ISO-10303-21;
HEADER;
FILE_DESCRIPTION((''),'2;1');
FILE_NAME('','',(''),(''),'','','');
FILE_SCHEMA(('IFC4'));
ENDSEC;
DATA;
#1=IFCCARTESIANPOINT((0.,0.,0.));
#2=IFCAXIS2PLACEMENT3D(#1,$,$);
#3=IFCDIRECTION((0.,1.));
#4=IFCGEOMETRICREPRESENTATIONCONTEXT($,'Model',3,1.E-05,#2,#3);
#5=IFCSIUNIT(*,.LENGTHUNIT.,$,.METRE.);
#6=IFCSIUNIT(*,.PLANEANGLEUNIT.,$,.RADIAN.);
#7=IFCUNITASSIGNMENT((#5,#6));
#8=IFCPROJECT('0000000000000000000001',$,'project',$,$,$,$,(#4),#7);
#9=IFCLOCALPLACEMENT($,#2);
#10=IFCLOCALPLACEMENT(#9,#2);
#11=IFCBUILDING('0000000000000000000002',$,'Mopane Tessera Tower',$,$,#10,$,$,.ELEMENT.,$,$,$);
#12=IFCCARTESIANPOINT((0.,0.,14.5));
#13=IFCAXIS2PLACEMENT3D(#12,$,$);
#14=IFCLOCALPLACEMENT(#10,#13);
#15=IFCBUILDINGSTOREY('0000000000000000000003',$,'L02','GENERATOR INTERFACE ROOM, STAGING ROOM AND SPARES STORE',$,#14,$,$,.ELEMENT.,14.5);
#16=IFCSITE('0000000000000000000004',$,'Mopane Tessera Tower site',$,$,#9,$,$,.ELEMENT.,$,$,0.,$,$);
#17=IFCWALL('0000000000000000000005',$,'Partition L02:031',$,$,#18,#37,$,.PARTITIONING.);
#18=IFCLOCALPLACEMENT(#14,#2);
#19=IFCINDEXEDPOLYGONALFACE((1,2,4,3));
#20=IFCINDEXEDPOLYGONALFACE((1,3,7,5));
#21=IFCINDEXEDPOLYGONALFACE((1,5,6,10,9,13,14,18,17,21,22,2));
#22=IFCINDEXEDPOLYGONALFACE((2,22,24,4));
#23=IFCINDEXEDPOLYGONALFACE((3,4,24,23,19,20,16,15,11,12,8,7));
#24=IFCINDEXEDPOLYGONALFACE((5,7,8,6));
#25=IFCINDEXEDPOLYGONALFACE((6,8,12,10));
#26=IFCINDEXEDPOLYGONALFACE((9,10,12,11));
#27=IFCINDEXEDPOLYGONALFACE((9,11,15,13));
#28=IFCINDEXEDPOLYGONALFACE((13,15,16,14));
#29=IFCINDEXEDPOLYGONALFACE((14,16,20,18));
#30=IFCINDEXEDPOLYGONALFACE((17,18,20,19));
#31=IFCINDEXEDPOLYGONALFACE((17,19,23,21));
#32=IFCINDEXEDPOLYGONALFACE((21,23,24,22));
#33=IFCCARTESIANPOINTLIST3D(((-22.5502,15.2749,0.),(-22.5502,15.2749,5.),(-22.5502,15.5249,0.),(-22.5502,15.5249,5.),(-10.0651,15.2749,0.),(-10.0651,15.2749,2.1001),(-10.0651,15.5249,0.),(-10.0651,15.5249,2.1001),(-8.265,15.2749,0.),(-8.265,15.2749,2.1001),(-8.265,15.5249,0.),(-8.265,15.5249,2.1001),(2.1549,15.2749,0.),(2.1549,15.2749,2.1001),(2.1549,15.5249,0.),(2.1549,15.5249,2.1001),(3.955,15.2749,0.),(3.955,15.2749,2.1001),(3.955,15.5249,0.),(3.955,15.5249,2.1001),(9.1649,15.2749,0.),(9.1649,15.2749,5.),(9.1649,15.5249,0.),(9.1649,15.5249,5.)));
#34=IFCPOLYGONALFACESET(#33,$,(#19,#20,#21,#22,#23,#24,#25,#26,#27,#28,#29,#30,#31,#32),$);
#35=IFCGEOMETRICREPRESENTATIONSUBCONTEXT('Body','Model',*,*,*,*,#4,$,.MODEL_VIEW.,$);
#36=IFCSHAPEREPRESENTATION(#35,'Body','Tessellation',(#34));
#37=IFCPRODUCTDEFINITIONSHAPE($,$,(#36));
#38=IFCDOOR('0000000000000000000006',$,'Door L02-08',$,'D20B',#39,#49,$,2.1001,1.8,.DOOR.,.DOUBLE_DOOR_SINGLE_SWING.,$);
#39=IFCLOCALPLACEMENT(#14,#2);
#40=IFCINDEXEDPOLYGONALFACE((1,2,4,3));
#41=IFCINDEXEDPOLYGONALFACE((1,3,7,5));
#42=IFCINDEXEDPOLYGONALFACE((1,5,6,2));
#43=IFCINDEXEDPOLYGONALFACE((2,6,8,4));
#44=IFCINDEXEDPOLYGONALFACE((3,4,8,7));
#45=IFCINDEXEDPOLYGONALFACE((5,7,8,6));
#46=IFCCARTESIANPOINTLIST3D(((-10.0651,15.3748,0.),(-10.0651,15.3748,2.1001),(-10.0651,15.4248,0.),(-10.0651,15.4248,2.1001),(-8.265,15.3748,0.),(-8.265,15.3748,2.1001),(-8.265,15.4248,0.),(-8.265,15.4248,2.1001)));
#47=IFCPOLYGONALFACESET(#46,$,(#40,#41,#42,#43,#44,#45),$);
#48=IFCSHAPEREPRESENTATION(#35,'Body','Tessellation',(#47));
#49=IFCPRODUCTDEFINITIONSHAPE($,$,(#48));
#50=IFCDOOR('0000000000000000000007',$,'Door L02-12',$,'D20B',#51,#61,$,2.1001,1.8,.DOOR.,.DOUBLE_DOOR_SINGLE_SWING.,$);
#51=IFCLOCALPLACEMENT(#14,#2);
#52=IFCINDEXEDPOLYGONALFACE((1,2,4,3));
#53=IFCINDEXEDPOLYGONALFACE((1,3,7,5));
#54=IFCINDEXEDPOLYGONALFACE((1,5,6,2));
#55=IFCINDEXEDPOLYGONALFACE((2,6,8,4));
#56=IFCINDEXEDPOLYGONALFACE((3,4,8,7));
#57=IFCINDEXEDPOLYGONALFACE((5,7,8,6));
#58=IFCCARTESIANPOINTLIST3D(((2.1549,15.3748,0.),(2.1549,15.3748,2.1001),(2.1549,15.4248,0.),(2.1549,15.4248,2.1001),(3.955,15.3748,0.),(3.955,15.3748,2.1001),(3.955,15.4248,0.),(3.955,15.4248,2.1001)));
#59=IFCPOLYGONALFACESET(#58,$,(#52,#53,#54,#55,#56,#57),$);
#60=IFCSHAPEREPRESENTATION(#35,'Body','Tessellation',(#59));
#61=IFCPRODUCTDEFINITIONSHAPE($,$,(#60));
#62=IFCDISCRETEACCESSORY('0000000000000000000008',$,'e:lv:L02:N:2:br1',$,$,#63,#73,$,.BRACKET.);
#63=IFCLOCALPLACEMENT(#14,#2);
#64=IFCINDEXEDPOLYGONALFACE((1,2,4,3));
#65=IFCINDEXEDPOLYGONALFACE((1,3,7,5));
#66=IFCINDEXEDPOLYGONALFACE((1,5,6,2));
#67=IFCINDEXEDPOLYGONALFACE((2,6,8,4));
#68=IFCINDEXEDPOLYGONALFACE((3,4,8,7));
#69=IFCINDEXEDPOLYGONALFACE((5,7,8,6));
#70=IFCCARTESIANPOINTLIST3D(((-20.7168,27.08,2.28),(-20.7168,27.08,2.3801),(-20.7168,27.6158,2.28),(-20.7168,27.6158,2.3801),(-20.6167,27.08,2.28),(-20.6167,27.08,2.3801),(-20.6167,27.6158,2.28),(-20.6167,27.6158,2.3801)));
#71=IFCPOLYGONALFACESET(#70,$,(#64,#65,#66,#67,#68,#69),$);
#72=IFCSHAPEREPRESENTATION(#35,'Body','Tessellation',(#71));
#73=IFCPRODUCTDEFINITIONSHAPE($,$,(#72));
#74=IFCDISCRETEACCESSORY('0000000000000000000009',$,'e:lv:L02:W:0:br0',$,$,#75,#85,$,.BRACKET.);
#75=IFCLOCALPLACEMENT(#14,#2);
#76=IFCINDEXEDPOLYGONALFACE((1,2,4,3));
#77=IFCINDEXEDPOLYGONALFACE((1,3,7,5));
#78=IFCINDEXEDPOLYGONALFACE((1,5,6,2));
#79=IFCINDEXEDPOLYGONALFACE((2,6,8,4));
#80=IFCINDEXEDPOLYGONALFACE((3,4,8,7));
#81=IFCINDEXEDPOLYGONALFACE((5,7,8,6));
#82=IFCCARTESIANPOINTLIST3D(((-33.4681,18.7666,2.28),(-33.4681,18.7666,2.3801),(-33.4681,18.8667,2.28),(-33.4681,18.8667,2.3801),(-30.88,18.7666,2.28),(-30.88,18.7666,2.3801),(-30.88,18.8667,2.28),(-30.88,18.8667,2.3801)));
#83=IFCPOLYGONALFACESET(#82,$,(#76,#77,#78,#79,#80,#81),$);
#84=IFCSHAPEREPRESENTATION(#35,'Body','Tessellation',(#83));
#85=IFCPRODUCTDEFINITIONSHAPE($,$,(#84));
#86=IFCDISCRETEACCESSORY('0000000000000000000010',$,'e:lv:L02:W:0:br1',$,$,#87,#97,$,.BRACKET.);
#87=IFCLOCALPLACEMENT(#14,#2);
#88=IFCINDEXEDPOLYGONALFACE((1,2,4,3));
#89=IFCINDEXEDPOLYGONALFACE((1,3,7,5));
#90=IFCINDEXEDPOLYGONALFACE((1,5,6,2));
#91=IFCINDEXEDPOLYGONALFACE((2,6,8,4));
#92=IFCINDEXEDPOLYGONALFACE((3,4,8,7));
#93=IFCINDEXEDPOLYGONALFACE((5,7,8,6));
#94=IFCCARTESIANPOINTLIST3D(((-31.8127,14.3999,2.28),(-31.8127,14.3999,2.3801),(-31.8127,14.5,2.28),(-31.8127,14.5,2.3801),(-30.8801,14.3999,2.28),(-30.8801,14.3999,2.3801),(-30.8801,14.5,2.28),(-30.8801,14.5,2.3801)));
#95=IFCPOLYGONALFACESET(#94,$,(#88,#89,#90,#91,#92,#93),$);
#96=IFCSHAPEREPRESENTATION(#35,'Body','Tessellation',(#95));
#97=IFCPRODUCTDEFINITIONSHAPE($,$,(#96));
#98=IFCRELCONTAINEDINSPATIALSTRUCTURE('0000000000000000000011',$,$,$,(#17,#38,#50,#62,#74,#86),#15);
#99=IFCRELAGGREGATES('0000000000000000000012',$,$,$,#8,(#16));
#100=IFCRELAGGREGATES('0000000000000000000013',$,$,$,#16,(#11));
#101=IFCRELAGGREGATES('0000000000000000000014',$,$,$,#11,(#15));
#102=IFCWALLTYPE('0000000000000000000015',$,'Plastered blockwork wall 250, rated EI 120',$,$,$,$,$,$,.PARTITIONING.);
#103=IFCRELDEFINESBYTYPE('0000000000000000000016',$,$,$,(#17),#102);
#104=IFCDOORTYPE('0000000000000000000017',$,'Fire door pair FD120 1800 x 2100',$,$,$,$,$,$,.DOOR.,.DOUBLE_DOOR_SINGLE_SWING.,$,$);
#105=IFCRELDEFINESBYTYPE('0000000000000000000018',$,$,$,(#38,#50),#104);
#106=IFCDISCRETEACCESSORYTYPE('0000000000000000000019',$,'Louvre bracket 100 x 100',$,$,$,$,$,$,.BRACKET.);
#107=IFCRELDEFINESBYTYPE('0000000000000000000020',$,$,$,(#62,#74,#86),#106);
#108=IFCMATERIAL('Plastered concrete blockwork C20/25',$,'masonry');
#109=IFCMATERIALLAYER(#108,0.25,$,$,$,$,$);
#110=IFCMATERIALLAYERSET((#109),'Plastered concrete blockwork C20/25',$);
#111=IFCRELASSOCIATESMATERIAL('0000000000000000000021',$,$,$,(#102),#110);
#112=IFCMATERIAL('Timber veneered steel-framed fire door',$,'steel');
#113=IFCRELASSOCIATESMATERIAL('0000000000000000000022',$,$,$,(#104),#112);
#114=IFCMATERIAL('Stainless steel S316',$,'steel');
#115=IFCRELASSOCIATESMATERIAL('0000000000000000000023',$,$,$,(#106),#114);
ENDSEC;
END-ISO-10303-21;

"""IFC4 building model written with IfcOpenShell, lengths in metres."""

from ifc_helpers import new_model, si_unit, direction, frame, frame_2d, origin, origin_2d, place, context, subcontext, project, spatial, rectangle, extrude, material, layer, layer_set, type_object, element, fill, save


model = new_model("IFC4")

# Units and contexts
model_context = context("Model", 3, precision=1e-05, world=origin(), true_north=direction((0.0, 1.0)))
body_context = subcontext(model_context, "Body", "Model", "MODEL_VIEW")
ifc_project = project(units=[si_unit("LENGTHUNIT", "METRE"), si_unit("PLANEANGLEUNIT", "RADIAN")], contexts=[model_context])

# Site, building, storey
site_placement = place(None, origin())
site = spatial("IfcSite", under=ifc_project, at=site_placement, Name="Mopane Tessera Tower site", CompositionType="ELEMENT", RefElevation=0.0)
building_placement = place(site_placement, origin())
building = spatial("IfcBuilding", under=site, at=building_placement, Name="Mopane Tessera Tower", CompositionType="ELEMENT")
storey_placement = place(building_placement, frame((0.0, 0.0, 14.5)))
storey = spatial("IfcBuildingStorey", under=building, at=storey_placement, Name="L02", Description="GENERATOR INTERFACE ROOM, STAGING ROOM AND SPARES STORE", CompositionType="ELEMENT", Elevation=14.5)

# Wall, openings, doors
ifc_material_1 = material(Name="Plastered concrete blockwork C20/25", Category="masonry")
ifc_layer_1 = layer(ifc_material_1, 0.25)
ifc_layer_set_1 = layer_set([ifc_layer_1], Name="Plastered concrete blockwork C20/25")
wall_type_1 = type_object("IfcWallType", Name="Plastered blockwork wall 250, rated EI 120", PredefinedType="PARTITIONING", material=ifc_layer_set_1)
wall_1_placement = place(storey_placement, frame((-22.55, 15.3999, 0.0), z_axis=(0.0, 0.0, 1.0), x_axis=(1.0, 0.0, 0.0)))
wall_1 = element("IfcWall", 1, at=wall_1_placement, inside=storey, type_object=wall_type_1, Name="Partition L02:031", PredefinedType="PARTITIONING", context=body_context, shape_type="SweptSolid", body=[
    extrude(rectangle(XDim=31.7151, YDim=0.25, at=frame_2d((15.8574, 0.0))), origin(), (0.0, 0.0, 1.0), 5.0),
])
opening_1_placement = place(wall_1_placement, frame((12.4851, 0.0, 0.0)))
opening_1 = element("IfcOpeningElement", 2, at=opening_1_placement, cuts=wall_1, PredefinedType="OPENING", context=body_context, shape_type="SweptSolid", body=[
    extrude(rectangle(XDim=1.8, YDim=2.1001, at=frame_2d((0.8999, 1.05))), frame((0.0, 0.137, 0.0), z_axis=(0.0, -1.0, 0.0), x_axis=(1.0, 0.0, 0.0)), (0.0, 0.0, 1.0), 0.2739),
])
opening_2_placement = place(wall_1_placement, frame((24.7051, 0.0, 0.0)))
opening_2 = element("IfcOpeningElement", 3, at=opening_2_placement, cuts=wall_1, PredefinedType="OPENING", context=body_context, shape_type="SweptSolid", body=[
    extrude(rectangle(XDim=1.8, YDim=2.1001, at=frame_2d((0.8999, 1.05))), frame((0.0, 0.137, 0.0), z_axis=(0.0, -1.0, 0.0), x_axis=(1.0, 0.0, 0.0)), (0.0, 0.0, 1.0), 0.2739),
])
ifc_material_2 = material(Name="Timber veneered steel-framed fire door", Category="steel")
door_type_1 = type_object("IfcDoorType", Name="Fire door pair FD120 1800 x 2100", OperationType="DOUBLE_DOOR_SINGLE_SWING", PredefinedType="DOOR", material=ifc_material_2)
door_1_placement = place(opening_1_placement, origin())
door_1 = element("IfcDoor", 4, at=door_1_placement, inside=storey, type_object=door_type_1, Name="Door L02-08", ObjectType="D20B", OperationType="DOUBLE_DOOR_SINGLE_SWING", OverallHeight=2.1001, OverallWidth=1.8, PredefinedType="DOOR", context=body_context, shape_type="SweptSolid", body=[
    extrude(rectangle(XDim=1.8, YDim=2.1001, at=frame_2d((0.8999, 1.05))), frame((0.0, 0.0249, 0.0), z_axis=(0.0, -1.0, 0.0), x_axis=(1.0, 0.0, 0.0)), (0.0, 0.0, 1.0), 0.05),
])
fill(opening_1, door_1)
door_2_placement = place(opening_2_placement, origin())
door_2 = element("IfcDoor", 5, at=door_2_placement, inside=storey, type_object=door_type_1, Name="Door L02-12", ObjectType="D20B", OperationType="DOUBLE_DOOR_SINGLE_SWING", OverallHeight=2.1001, OverallWidth=1.8, PredefinedType="DOOR", context=body_context, shape_type="SweptSolid", body=[
    extrude(rectangle(XDim=1.8, YDim=2.1001, at=frame_2d((0.8999, 1.05))), frame((0.0, 0.0249, 0.0), z_axis=(0.0, -1.0, 0.0), x_axis=(1.0, 0.0, 0.0)), (0.0, 0.0, 1.0), 0.05),
])
fill(opening_2, door_2)

# Discrete accessories
ifc_material_3 = material(Name="Stainless steel S316", Category="steel")
discrete_accessory_type = type_object("IfcDiscreteAccessoryType", Name="Louvre bracket 100 x 100", PredefinedType="BRACKET", material=ifc_material_3)
discrete_accessory_1_placement = place(storey_placement, frame((-20.6667, 27.3479, 2.28), z_axis=(0.0, 0.0, 1.0), x_axis=(0.0, 1.0, 0.0)))
element("IfcDiscreteAccessory", 6, at=discrete_accessory_1_placement, inside=storey, type_object=discrete_accessory_type, Name="e:lv:L02:N:2:br1", PredefinedType="BRACKET", context=body_context, shape_type="SweptSolid", body=[
    extrude(rectangle(XDim=0.5359, YDim=0.1001, at=origin_2d()), origin(), (0.0, 0.0, 1.0), 0.1001),
])
discrete_accessory_2_placement = place(storey_placement, frame((-32.1741, 18.8167, 2.28), z_axis=(0.0, 0.0, 1.0), x_axis=(-1.0, 0.0, 0.0)))
element("IfcDiscreteAccessory", 7, at=discrete_accessory_2_placement, inside=storey, type_object=discrete_accessory_type, Name="e:lv:L02:W:0:br0", PredefinedType="BRACKET", context=body_context, shape_type="SweptSolid", body=[
    extrude(rectangle(XDim=2.5881, YDim=0.1001, at=origin_2d()), origin(), (0.0, 0.0, 1.0), 0.1001),
])
discrete_accessory_3_placement = place(storey_placement, frame((-31.3464, 14.45, 2.28), z_axis=(0.0, 0.0, 1.0), x_axis=(-1.0, 0.0, 0.0)))
element("IfcDiscreteAccessory", 8, at=discrete_accessory_3_placement, inside=storey, type_object=discrete_accessory_type, Name="e:lv:L02:W:0:br1", PredefinedType="BRACKET", context=body_context, shape_type="SweptSolid", body=[
    extrude(rectangle(XDim=0.9326, YDim=0.1001, at=origin_2d()), origin(), (0.0, 0.0, 1.0), 0.1001),
])

save(model, "model.ifc")
